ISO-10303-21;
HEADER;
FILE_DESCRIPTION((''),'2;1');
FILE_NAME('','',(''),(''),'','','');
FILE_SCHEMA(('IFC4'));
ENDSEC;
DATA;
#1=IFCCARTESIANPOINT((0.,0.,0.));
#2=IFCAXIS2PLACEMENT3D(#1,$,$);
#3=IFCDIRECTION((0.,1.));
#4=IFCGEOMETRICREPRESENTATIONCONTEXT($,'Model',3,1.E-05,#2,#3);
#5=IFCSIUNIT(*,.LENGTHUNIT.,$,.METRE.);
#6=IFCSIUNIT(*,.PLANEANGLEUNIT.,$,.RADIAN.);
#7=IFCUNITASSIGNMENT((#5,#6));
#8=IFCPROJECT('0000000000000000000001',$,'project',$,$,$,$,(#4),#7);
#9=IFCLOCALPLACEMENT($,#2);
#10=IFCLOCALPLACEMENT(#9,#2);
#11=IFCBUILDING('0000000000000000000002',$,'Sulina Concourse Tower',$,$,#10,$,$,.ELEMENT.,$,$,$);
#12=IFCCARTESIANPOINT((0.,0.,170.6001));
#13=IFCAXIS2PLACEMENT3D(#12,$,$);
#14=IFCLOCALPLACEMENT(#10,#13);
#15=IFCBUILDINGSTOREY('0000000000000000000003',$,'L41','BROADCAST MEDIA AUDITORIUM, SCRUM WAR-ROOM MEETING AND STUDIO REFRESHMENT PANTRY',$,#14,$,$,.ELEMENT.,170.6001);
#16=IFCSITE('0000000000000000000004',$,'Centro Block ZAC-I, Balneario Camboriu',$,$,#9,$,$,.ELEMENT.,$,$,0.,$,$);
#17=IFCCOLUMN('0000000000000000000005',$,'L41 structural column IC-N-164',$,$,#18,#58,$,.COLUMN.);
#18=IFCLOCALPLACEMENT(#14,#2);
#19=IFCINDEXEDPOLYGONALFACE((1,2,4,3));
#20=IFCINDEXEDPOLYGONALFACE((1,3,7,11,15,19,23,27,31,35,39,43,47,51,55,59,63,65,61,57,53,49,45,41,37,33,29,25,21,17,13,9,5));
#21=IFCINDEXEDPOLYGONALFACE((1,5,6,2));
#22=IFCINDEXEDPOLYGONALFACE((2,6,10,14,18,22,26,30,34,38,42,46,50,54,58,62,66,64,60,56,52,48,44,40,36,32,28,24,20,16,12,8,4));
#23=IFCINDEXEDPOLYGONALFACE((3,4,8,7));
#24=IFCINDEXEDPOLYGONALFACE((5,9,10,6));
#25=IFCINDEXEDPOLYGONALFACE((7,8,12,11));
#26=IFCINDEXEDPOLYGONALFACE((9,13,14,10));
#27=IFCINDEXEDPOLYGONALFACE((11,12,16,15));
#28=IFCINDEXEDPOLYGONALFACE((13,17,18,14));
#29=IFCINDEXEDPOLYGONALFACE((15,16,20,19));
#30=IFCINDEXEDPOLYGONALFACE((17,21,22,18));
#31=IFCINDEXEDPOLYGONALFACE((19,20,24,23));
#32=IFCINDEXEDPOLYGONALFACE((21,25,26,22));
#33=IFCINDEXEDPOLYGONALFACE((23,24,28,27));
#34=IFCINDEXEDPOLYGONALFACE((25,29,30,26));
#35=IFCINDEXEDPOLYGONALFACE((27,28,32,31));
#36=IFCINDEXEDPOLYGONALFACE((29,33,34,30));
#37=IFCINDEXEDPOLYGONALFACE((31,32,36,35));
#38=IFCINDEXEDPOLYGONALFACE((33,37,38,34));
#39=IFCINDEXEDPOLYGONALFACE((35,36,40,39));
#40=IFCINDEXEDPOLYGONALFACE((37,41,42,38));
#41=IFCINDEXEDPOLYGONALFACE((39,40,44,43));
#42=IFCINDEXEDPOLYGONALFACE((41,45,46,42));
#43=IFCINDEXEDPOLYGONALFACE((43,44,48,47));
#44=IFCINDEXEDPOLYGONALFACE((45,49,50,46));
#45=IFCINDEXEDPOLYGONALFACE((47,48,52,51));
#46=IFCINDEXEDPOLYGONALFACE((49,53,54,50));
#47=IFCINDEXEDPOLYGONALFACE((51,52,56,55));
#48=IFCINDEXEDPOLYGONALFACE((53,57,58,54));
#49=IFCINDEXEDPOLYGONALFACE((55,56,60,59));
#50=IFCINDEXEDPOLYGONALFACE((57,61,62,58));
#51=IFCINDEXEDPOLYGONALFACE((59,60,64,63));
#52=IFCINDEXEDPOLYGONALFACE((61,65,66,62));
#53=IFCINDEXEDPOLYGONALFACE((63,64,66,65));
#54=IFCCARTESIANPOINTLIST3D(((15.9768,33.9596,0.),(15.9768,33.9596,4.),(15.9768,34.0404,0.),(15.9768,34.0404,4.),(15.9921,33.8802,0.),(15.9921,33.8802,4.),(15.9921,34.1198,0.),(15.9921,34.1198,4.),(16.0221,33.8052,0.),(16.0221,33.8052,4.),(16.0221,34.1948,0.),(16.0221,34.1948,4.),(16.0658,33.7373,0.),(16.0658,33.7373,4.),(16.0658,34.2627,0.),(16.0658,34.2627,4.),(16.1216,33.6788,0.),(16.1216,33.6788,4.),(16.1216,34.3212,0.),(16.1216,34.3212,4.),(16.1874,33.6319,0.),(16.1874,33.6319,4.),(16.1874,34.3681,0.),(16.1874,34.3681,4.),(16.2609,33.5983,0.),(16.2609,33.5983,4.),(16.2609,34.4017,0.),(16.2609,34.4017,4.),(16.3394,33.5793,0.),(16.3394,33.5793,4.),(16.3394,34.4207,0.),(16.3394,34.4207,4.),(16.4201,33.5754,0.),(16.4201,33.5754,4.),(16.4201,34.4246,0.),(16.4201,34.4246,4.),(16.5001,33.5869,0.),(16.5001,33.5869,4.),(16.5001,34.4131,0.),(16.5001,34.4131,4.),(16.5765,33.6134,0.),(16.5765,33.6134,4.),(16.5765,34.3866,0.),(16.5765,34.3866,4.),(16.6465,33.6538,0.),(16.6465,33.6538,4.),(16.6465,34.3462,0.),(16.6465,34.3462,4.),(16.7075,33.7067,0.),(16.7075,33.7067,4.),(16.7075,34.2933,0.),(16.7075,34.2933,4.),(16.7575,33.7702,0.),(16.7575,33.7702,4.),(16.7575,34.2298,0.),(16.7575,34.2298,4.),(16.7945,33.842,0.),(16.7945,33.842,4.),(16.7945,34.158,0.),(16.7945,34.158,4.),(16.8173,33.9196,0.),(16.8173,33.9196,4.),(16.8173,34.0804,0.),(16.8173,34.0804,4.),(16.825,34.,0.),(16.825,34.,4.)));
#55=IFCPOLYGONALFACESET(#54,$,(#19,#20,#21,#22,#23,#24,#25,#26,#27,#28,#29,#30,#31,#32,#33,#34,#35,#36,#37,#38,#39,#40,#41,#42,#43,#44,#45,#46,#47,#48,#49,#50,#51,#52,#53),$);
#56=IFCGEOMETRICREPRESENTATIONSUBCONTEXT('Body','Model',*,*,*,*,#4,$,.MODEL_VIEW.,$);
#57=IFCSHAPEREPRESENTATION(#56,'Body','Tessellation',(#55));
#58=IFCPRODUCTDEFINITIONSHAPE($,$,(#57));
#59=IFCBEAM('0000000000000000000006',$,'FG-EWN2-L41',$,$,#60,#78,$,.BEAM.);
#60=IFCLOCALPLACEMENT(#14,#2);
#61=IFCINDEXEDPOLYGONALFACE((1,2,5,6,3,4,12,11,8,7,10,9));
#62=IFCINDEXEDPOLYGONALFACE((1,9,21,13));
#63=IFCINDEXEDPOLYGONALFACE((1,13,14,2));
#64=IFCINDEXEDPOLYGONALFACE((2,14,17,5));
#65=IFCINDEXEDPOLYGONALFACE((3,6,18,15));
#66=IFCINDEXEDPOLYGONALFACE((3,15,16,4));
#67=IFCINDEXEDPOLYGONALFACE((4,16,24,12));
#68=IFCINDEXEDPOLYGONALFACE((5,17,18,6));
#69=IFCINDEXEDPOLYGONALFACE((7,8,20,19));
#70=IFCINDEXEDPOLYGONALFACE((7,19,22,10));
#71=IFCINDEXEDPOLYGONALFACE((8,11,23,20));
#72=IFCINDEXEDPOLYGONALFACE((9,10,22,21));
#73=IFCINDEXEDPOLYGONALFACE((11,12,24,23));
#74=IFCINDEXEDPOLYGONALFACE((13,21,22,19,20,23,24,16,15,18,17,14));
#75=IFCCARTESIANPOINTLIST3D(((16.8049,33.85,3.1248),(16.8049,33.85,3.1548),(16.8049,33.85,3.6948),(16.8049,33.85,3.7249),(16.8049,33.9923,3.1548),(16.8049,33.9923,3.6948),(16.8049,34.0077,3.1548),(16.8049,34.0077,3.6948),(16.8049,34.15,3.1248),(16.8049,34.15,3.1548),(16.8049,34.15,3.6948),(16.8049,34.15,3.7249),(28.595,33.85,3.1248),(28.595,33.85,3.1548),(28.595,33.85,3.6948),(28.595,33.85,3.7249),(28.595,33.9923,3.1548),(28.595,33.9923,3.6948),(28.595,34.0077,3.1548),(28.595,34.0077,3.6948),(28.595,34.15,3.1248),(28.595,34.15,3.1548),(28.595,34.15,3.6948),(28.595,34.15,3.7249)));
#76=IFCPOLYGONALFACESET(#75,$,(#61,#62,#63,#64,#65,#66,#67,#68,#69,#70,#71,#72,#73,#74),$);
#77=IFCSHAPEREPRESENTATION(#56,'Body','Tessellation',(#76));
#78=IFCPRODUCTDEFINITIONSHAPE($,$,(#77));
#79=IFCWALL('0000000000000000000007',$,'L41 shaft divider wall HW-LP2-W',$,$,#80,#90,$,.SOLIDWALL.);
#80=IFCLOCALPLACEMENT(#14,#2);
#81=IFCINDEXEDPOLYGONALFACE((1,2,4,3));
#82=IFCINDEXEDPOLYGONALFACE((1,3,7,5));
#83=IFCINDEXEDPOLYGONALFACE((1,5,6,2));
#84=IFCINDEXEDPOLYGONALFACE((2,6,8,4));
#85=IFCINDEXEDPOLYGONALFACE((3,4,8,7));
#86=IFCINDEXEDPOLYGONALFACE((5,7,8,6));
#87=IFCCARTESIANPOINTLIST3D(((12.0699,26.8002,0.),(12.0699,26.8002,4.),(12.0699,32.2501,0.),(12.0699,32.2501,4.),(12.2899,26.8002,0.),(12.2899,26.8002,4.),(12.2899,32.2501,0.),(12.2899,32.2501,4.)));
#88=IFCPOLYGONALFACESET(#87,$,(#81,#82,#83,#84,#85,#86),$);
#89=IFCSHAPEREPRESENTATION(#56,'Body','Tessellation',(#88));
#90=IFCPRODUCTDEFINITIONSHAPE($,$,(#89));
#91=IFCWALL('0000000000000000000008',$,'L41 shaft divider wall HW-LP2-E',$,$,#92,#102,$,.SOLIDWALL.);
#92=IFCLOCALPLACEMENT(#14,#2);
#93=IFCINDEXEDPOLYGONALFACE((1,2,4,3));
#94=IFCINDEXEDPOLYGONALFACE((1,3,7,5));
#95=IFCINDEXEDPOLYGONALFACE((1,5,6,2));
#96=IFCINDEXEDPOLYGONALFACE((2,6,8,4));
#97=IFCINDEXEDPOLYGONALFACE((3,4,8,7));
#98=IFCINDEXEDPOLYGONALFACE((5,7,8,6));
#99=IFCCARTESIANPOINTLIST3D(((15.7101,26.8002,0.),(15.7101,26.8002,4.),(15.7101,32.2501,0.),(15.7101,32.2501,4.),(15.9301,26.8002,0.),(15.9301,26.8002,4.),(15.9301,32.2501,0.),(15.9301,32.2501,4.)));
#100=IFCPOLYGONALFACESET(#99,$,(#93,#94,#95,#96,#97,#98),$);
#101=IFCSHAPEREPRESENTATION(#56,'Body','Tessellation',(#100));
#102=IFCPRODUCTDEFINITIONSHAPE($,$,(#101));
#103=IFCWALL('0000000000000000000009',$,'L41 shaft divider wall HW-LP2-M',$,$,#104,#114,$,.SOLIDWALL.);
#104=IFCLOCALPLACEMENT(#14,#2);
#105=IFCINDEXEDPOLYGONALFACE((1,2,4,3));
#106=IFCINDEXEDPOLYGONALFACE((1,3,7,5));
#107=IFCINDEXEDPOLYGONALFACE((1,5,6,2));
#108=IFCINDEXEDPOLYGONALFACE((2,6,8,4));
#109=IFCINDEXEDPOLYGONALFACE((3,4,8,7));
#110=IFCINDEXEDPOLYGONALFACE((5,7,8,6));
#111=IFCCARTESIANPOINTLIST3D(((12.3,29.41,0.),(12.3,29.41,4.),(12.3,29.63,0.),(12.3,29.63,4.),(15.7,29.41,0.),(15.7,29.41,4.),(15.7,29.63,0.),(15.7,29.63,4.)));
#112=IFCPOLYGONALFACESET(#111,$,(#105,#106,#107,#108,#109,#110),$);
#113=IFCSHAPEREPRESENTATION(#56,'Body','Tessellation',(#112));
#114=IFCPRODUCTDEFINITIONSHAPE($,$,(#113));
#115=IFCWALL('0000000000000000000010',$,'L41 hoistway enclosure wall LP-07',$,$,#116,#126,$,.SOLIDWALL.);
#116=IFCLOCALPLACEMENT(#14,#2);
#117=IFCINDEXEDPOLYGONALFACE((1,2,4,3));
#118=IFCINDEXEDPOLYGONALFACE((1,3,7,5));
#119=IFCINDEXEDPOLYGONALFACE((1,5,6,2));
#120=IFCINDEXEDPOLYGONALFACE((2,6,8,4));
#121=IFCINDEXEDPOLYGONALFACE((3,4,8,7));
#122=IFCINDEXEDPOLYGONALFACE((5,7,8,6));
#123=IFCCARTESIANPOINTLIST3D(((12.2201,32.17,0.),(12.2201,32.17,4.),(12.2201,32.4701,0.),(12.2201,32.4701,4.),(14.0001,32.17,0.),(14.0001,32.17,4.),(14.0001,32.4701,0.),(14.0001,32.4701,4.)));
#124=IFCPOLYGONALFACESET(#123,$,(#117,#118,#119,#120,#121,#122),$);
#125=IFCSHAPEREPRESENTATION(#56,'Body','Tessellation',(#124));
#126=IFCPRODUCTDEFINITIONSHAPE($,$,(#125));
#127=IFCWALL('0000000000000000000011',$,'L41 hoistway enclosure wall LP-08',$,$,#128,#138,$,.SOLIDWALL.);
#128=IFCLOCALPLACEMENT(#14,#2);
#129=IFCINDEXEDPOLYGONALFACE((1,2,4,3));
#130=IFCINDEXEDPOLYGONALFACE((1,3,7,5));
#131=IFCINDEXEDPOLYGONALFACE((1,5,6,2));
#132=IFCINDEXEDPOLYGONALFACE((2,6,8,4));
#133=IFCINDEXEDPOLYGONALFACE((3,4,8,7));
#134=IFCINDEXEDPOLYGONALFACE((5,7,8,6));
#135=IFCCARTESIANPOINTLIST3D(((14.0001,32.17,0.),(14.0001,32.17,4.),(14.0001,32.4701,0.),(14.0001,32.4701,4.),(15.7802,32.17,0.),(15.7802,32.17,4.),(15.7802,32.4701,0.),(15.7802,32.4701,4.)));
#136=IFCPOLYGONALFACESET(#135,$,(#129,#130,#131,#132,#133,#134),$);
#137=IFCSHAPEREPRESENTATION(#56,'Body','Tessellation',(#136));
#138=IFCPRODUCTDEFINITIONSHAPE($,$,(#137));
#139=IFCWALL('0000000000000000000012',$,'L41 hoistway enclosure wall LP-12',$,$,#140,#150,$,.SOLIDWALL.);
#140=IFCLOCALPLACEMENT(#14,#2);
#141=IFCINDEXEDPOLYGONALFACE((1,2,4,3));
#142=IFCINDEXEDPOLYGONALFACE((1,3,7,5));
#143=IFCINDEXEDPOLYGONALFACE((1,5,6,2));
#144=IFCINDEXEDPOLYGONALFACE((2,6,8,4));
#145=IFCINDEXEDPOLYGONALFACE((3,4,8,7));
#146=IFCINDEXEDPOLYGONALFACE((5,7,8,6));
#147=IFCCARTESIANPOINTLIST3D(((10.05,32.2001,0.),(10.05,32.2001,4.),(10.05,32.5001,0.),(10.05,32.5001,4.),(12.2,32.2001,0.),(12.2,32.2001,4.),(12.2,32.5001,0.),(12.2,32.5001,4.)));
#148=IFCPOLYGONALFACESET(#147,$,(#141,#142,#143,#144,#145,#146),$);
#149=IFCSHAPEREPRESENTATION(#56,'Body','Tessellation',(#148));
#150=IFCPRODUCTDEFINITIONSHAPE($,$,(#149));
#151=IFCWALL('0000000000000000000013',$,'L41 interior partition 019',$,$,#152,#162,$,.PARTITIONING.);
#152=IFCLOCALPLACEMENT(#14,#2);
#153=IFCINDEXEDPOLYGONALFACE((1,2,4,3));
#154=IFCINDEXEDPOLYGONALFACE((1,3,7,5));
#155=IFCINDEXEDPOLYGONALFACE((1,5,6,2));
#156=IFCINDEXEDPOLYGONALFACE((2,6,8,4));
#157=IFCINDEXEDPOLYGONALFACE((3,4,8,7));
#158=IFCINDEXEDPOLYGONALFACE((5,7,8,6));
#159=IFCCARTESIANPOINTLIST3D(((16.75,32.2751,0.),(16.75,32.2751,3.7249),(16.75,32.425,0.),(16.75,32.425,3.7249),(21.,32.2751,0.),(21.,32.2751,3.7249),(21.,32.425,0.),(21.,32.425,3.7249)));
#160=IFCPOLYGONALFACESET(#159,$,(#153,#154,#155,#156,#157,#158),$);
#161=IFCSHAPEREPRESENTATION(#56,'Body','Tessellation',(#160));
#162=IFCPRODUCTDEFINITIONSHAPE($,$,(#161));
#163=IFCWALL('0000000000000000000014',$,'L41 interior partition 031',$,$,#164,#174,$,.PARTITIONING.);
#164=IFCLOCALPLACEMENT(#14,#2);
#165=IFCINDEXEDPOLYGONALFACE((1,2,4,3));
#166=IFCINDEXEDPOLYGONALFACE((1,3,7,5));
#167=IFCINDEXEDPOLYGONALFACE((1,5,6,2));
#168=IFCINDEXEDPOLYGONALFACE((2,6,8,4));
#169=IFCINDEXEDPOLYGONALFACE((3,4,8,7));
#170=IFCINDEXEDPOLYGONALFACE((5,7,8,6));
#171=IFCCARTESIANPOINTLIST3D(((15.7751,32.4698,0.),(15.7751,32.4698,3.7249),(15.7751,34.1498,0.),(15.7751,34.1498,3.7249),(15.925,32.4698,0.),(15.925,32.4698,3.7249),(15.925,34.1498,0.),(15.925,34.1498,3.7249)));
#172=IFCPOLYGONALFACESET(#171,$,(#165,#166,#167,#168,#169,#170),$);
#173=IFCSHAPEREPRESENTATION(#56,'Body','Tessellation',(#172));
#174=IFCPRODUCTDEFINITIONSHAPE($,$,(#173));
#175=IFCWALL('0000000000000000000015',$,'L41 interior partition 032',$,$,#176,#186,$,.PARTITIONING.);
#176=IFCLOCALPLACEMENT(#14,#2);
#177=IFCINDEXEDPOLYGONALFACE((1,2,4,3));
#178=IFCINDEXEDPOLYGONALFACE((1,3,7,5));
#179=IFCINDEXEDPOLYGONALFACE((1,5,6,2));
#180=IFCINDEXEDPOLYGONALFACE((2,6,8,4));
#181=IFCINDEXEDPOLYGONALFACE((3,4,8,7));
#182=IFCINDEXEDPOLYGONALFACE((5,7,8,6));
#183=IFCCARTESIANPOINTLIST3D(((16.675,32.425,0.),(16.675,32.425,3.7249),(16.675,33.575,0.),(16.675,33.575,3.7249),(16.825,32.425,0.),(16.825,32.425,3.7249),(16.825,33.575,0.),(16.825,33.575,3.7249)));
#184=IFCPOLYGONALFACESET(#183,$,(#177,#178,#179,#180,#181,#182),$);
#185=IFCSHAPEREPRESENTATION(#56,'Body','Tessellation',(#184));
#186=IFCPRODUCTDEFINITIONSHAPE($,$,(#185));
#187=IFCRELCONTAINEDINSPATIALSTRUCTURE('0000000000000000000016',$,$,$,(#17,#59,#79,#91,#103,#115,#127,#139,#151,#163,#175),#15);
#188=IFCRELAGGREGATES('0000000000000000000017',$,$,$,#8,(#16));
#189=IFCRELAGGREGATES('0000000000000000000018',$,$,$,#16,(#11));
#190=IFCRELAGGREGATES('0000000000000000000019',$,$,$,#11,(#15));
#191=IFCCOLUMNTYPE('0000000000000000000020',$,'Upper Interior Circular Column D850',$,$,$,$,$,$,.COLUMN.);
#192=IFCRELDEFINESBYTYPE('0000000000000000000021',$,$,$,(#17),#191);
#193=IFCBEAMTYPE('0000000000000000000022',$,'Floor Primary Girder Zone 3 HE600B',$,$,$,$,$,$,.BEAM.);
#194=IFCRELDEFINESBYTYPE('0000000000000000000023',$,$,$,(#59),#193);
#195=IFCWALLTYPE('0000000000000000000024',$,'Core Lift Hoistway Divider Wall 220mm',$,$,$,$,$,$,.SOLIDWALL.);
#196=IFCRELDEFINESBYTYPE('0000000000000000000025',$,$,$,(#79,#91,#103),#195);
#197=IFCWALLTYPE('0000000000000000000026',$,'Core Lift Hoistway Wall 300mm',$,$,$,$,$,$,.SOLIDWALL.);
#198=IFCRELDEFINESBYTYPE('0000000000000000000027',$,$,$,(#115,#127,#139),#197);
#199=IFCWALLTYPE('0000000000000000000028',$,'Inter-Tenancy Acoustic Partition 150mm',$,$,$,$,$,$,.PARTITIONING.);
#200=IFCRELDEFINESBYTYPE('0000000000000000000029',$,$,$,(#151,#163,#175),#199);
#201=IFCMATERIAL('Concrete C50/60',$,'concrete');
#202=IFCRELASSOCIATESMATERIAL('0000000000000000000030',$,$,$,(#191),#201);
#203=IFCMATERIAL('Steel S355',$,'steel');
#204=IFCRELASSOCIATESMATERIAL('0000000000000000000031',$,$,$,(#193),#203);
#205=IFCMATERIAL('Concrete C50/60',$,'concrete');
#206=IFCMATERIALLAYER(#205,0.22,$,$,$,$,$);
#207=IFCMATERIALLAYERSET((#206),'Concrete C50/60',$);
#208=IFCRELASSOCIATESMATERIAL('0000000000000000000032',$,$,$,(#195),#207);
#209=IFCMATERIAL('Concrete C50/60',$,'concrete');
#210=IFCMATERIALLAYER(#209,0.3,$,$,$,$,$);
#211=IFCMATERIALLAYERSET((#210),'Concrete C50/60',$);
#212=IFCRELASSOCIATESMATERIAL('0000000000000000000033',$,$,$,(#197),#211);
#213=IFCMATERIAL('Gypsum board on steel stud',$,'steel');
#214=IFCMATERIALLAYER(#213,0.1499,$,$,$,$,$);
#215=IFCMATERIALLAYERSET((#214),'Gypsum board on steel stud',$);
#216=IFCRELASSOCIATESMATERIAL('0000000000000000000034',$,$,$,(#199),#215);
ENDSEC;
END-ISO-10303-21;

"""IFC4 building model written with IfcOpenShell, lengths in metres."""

from ifc_helpers import new_model, si_unit, direction, frame, frame_2d, origin, origin_2d, place, context, subcontext, project, spatial, rectangle, circle, i_section, extrude, material, layer, layer_set, material_profile, profile_set, type_object, element, save


model = new_model("IFC4")

# Units and contexts
model_context = context("Model", 3, precision=1e-05, world=origin(), true_north=direction((0.0, 1.0)))
body_context = subcontext(model_context, "Body", "Model", "MODEL_VIEW")
ifc_project = project(units=[si_unit("LENGTHUNIT", "METRE"), si_unit("PLANEANGLEUNIT", "RADIAN")], contexts=[model_context])

# Site, building, storey
site_placement = place(None, origin())
site = spatial("IfcSite", under=ifc_project, at=site_placement, Name="Centro Block ZAC-I, Balneario Camboriu", CompositionType="ELEMENT", RefElevation=0.0)
building_placement = place(site_placement, origin())
building = spatial("IfcBuilding", under=site, at=building_placement, Name="Sulina Concourse Tower", CompositionType="ELEMENT")
storey_placement = place(building_placement, frame((0.0, 0.0, 170.6001)))
storey = spatial("IfcBuildingStorey", under=building, at=storey_placement, Name="L41", Description="BROADCAST MEDIA AUDITORIUM, SCRUM WAR-ROOM MEETING AND STUDIO REFRESHMENT PANTRY", CompositionType="ELEMENT", Elevation=170.6001)

# Column
ifc_material_1 = material(Name="Concrete C50/60", Category="concrete")
ifc_material_profile_1 = material_profile(ifc_material_1, circle(Radius=0.425, at=origin_2d()), Name="RC D850")
ifc_profile_set_1 = profile_set([ifc_material_profile_1], Name="Concrete C50/60")
column_type = type_object("IfcColumnType", Name="Upper Interior Circular Column D850", PredefinedType="COLUMN", material=ifc_profile_set_1)
column_placement = place(storey_placement, frame((16.3999, 34.0, 0.0), z_axis=(0.0, 0.0, 1.0), x_axis=(1.0, 0.0, 0.0)))
element("IfcColumn", 1, at=column_placement, inside=storey, type_object=column_type, Name="L41 structural column IC-N-164", PredefinedType="COLUMN", context=body_context, shape_type="SweptSolid", body=[
    extrude(circle(Radius=0.425, at=origin_2d()), origin(), (0.0, 0.0, 1.0), 4.0),
])

# Beam
ifc_material_2 = material(Name="Steel S355", Category="steel")
ifc_material_profile_2 = material_profile(ifc_material_2, i_section(OverallWidth=0.3, OverallDepth=0.6001, WebThickness=0.0154, FlangeThickness=0.03, at=origin_2d()), Name="HE 600 B")
ifc_profile_set_2 = profile_set([ifc_material_profile_2], Name="Steel S355")
beam_type = type_object("IfcBeamType", Name="Floor Primary Girder Zone 3 HE600B", PredefinedType="BEAM", material=ifc_profile_set_2)
beam_placement = place(storey_placement, frame((16.8049, 34.0, 3.4248), z_axis=(1.0, 0.0, 0.0), x_axis=(0.0, 1.0, 0.0)))
element("IfcBeam", 2, at=beam_placement, inside=storey, type_object=beam_type, Name="FG-EWN2-L41", PredefinedType="BEAM", context=body_context, shape_type="SweptSolid", body=[
    extrude(i_section(OverallWidth=0.3, OverallDepth=0.6001, WebThickness=0.0154, FlangeThickness=0.03, at=origin_2d()), origin(), (0.0, 0.0, 1.0), 11.79),
])

# Walls
ifc_material_3 = material(Name="Concrete C50/60", Category="concrete")
ifc_layer_1 = layer(ifc_material_3, 0.22)
ifc_layer_set_1 = layer_set([ifc_layer_1], Name="Concrete C50/60")
wall_type_1 = type_object("IfcWallType", Name="Core Lift Hoistway Divider Wall 220mm", PredefinedType="SOLIDWALL", material=ifc_layer_set_1)
for number, where, z_axis, x_axis, name in (
    (3, (12.1799, 26.8, 0.0), (0.0, 0.0, 1.0), (0.0, 1.0, 0.0), "L41 shaft divider wall HW-LP2-W"),
    (4, (15.8201, 26.8, 0.0), (0.0, 0.0, 1.0), (0.0, 1.0, 0.0), "L41 shaft divider wall HW-LP2-E"),
):
    element("IfcWall", number, at=place(storey_placement, frame(where, z_axis=z_axis, x_axis=x_axis)), inside=storey, type_object=wall_type_1, Name=name, PredefinedType="SOLIDWALL", context=body_context, shape_type="SweptSolid", body=[
        extrude(rectangle(XDim=5.45, YDim=0.22, at=frame_2d((2.7251, 0.0))), origin(), (0.0, 0.0, 1.0), 4.0),
    ])
wall_1_placement = place(storey_placement, frame((12.3, 29.52, 0.0), z_axis=(0.0, 0.0, 1.0), x_axis=(1.0, 0.0, 0.0)))
element("IfcWall", 5, at=wall_1_placement, inside=storey, type_object=wall_type_1, Name="L41 shaft divider wall HW-LP2-M", PredefinedType="SOLIDWALL", context=body_context, shape_type="SweptSolid", body=[
    extrude(rectangle(XDim=3.3999, YDim=0.22, at=frame_2d((1.7, 0.0))), origin(), (0.0, 0.0, 1.0), 4.0),
])
ifc_material_4 = material(Name="Concrete C50/60", Category="concrete")
ifc_layer_2 = layer(ifc_material_4, 0.3)
ifc_layer_set_2 = layer_set([ifc_layer_2], Name="Concrete C50/60")
wall_type_2 = type_object("IfcWallType", Name="Core Lift Hoistway Wall 300mm", PredefinedType="SOLIDWALL", material=ifc_layer_set_2)
for number, where, z_axis, x_axis, name in (
    (6, (12.22, 32.3201, 0.0), (0.0, 0.0, 1.0), (1.0, 0.0, 0.0), "L41 hoistway enclosure wall LP-07"),
    (7, (14.0, 32.3201, 0.0), (0.0, 0.0, 1.0), (1.0, 0.0, 0.0), "L41 hoistway enclosure wall LP-08"),
):
    element("IfcWall", number, at=place(storey_placement, frame(where, z_axis=z_axis, x_axis=x_axis)), inside=storey, type_object=wall_type_2, Name=name, PredefinedType="SOLIDWALL", context=body_context, shape_type="SweptSolid", body=[
        extrude(rectangle(XDim=1.78, YDim=0.3, at=frame_2d((0.8901, 0.0))), origin(), (0.0, 0.0, 1.0), 4.0),
    ])
wall_2_placement = place(storey_placement, frame((10.05, 32.3501, 0.0), z_axis=(0.0, 0.0, 1.0), x_axis=(1.0, 0.0, 0.0)))
element("IfcWall", 8, at=wall_2_placement, inside=storey, type_object=wall_type_2, Name="L41 hoistway enclosure wall LP-12", PredefinedType="SOLIDWALL", context=body_context, shape_type="SweptSolid", body=[
    extrude(rectangle(XDim=2.1499, YDim=0.3, at=frame_2d((1.075, 0.0))), origin(), (0.0, 0.0, 1.0), 4.0),
])
ifc_material_5 = material(Name="Gypsum board on steel stud", Category="steel")
ifc_layer_3 = layer(ifc_material_5, 0.1499)
ifc_layer_set_3 = layer_set([ifc_layer_3], Name="Gypsum board on steel stud")
wall_type_3 = type_object("IfcWallType", Name="Inter-Tenancy Acoustic Partition 150mm", PredefinedType="PARTITIONING", material=ifc_layer_set_3)
wall_3_placement = place(storey_placement, frame((16.75, 32.3501, 0.0), z_axis=(0.0, 0.0, 1.0), x_axis=(1.0, 0.0, 0.0)))
element("IfcWall", 9, at=wall_3_placement, inside=storey, type_object=wall_type_3, Name="L41 interior partition 019", PredefinedType="PARTITIONING", context=body_context, shape_type="SweptSolid", body=[
    extrude(rectangle(XDim=4.25, YDim=0.1499, at=frame_2d((2.125, 0.0))), origin(), (0.0, 0.0, 1.0), 3.7249),
])
wall_4_placement = place(storey_placement, frame((15.8501, 32.47, 0.0), z_axis=(0.0, 0.0, 1.0), x_axis=(0.0, 1.0, 0.0)))
element("IfcWall", 10, at=wall_4_placement, inside=storey, type_object=wall_type_3, Name="L41 interior partition 031", PredefinedType="PARTITIONING", context=body_context, shape_type="SweptSolid", body=[
    extrude(rectangle(XDim=1.6799, YDim=0.1499, at=frame_2d((0.8398, 0.0))), origin(), (0.0, 0.0, 1.0), 3.7249),
])
wall_5_placement = place(storey_placement, frame((16.75, 32.425, 0.0), z_axis=(0.0, 0.0, 1.0), x_axis=(0.0, 1.0, 0.0)))
element("IfcWall", 11, at=wall_5_placement, inside=storey, type_object=wall_type_3, Name="L41 interior partition 032", PredefinedType="PARTITIONING", context=body_context, shape_type="SweptSolid", body=[
    extrude(rectangle(XDim=1.1499, YDim=0.1499, at=frame_2d((0.575, 0.0))), origin(), (0.0, 0.0, 1.0), 3.7249),
])

save(model, "model.ifc")
